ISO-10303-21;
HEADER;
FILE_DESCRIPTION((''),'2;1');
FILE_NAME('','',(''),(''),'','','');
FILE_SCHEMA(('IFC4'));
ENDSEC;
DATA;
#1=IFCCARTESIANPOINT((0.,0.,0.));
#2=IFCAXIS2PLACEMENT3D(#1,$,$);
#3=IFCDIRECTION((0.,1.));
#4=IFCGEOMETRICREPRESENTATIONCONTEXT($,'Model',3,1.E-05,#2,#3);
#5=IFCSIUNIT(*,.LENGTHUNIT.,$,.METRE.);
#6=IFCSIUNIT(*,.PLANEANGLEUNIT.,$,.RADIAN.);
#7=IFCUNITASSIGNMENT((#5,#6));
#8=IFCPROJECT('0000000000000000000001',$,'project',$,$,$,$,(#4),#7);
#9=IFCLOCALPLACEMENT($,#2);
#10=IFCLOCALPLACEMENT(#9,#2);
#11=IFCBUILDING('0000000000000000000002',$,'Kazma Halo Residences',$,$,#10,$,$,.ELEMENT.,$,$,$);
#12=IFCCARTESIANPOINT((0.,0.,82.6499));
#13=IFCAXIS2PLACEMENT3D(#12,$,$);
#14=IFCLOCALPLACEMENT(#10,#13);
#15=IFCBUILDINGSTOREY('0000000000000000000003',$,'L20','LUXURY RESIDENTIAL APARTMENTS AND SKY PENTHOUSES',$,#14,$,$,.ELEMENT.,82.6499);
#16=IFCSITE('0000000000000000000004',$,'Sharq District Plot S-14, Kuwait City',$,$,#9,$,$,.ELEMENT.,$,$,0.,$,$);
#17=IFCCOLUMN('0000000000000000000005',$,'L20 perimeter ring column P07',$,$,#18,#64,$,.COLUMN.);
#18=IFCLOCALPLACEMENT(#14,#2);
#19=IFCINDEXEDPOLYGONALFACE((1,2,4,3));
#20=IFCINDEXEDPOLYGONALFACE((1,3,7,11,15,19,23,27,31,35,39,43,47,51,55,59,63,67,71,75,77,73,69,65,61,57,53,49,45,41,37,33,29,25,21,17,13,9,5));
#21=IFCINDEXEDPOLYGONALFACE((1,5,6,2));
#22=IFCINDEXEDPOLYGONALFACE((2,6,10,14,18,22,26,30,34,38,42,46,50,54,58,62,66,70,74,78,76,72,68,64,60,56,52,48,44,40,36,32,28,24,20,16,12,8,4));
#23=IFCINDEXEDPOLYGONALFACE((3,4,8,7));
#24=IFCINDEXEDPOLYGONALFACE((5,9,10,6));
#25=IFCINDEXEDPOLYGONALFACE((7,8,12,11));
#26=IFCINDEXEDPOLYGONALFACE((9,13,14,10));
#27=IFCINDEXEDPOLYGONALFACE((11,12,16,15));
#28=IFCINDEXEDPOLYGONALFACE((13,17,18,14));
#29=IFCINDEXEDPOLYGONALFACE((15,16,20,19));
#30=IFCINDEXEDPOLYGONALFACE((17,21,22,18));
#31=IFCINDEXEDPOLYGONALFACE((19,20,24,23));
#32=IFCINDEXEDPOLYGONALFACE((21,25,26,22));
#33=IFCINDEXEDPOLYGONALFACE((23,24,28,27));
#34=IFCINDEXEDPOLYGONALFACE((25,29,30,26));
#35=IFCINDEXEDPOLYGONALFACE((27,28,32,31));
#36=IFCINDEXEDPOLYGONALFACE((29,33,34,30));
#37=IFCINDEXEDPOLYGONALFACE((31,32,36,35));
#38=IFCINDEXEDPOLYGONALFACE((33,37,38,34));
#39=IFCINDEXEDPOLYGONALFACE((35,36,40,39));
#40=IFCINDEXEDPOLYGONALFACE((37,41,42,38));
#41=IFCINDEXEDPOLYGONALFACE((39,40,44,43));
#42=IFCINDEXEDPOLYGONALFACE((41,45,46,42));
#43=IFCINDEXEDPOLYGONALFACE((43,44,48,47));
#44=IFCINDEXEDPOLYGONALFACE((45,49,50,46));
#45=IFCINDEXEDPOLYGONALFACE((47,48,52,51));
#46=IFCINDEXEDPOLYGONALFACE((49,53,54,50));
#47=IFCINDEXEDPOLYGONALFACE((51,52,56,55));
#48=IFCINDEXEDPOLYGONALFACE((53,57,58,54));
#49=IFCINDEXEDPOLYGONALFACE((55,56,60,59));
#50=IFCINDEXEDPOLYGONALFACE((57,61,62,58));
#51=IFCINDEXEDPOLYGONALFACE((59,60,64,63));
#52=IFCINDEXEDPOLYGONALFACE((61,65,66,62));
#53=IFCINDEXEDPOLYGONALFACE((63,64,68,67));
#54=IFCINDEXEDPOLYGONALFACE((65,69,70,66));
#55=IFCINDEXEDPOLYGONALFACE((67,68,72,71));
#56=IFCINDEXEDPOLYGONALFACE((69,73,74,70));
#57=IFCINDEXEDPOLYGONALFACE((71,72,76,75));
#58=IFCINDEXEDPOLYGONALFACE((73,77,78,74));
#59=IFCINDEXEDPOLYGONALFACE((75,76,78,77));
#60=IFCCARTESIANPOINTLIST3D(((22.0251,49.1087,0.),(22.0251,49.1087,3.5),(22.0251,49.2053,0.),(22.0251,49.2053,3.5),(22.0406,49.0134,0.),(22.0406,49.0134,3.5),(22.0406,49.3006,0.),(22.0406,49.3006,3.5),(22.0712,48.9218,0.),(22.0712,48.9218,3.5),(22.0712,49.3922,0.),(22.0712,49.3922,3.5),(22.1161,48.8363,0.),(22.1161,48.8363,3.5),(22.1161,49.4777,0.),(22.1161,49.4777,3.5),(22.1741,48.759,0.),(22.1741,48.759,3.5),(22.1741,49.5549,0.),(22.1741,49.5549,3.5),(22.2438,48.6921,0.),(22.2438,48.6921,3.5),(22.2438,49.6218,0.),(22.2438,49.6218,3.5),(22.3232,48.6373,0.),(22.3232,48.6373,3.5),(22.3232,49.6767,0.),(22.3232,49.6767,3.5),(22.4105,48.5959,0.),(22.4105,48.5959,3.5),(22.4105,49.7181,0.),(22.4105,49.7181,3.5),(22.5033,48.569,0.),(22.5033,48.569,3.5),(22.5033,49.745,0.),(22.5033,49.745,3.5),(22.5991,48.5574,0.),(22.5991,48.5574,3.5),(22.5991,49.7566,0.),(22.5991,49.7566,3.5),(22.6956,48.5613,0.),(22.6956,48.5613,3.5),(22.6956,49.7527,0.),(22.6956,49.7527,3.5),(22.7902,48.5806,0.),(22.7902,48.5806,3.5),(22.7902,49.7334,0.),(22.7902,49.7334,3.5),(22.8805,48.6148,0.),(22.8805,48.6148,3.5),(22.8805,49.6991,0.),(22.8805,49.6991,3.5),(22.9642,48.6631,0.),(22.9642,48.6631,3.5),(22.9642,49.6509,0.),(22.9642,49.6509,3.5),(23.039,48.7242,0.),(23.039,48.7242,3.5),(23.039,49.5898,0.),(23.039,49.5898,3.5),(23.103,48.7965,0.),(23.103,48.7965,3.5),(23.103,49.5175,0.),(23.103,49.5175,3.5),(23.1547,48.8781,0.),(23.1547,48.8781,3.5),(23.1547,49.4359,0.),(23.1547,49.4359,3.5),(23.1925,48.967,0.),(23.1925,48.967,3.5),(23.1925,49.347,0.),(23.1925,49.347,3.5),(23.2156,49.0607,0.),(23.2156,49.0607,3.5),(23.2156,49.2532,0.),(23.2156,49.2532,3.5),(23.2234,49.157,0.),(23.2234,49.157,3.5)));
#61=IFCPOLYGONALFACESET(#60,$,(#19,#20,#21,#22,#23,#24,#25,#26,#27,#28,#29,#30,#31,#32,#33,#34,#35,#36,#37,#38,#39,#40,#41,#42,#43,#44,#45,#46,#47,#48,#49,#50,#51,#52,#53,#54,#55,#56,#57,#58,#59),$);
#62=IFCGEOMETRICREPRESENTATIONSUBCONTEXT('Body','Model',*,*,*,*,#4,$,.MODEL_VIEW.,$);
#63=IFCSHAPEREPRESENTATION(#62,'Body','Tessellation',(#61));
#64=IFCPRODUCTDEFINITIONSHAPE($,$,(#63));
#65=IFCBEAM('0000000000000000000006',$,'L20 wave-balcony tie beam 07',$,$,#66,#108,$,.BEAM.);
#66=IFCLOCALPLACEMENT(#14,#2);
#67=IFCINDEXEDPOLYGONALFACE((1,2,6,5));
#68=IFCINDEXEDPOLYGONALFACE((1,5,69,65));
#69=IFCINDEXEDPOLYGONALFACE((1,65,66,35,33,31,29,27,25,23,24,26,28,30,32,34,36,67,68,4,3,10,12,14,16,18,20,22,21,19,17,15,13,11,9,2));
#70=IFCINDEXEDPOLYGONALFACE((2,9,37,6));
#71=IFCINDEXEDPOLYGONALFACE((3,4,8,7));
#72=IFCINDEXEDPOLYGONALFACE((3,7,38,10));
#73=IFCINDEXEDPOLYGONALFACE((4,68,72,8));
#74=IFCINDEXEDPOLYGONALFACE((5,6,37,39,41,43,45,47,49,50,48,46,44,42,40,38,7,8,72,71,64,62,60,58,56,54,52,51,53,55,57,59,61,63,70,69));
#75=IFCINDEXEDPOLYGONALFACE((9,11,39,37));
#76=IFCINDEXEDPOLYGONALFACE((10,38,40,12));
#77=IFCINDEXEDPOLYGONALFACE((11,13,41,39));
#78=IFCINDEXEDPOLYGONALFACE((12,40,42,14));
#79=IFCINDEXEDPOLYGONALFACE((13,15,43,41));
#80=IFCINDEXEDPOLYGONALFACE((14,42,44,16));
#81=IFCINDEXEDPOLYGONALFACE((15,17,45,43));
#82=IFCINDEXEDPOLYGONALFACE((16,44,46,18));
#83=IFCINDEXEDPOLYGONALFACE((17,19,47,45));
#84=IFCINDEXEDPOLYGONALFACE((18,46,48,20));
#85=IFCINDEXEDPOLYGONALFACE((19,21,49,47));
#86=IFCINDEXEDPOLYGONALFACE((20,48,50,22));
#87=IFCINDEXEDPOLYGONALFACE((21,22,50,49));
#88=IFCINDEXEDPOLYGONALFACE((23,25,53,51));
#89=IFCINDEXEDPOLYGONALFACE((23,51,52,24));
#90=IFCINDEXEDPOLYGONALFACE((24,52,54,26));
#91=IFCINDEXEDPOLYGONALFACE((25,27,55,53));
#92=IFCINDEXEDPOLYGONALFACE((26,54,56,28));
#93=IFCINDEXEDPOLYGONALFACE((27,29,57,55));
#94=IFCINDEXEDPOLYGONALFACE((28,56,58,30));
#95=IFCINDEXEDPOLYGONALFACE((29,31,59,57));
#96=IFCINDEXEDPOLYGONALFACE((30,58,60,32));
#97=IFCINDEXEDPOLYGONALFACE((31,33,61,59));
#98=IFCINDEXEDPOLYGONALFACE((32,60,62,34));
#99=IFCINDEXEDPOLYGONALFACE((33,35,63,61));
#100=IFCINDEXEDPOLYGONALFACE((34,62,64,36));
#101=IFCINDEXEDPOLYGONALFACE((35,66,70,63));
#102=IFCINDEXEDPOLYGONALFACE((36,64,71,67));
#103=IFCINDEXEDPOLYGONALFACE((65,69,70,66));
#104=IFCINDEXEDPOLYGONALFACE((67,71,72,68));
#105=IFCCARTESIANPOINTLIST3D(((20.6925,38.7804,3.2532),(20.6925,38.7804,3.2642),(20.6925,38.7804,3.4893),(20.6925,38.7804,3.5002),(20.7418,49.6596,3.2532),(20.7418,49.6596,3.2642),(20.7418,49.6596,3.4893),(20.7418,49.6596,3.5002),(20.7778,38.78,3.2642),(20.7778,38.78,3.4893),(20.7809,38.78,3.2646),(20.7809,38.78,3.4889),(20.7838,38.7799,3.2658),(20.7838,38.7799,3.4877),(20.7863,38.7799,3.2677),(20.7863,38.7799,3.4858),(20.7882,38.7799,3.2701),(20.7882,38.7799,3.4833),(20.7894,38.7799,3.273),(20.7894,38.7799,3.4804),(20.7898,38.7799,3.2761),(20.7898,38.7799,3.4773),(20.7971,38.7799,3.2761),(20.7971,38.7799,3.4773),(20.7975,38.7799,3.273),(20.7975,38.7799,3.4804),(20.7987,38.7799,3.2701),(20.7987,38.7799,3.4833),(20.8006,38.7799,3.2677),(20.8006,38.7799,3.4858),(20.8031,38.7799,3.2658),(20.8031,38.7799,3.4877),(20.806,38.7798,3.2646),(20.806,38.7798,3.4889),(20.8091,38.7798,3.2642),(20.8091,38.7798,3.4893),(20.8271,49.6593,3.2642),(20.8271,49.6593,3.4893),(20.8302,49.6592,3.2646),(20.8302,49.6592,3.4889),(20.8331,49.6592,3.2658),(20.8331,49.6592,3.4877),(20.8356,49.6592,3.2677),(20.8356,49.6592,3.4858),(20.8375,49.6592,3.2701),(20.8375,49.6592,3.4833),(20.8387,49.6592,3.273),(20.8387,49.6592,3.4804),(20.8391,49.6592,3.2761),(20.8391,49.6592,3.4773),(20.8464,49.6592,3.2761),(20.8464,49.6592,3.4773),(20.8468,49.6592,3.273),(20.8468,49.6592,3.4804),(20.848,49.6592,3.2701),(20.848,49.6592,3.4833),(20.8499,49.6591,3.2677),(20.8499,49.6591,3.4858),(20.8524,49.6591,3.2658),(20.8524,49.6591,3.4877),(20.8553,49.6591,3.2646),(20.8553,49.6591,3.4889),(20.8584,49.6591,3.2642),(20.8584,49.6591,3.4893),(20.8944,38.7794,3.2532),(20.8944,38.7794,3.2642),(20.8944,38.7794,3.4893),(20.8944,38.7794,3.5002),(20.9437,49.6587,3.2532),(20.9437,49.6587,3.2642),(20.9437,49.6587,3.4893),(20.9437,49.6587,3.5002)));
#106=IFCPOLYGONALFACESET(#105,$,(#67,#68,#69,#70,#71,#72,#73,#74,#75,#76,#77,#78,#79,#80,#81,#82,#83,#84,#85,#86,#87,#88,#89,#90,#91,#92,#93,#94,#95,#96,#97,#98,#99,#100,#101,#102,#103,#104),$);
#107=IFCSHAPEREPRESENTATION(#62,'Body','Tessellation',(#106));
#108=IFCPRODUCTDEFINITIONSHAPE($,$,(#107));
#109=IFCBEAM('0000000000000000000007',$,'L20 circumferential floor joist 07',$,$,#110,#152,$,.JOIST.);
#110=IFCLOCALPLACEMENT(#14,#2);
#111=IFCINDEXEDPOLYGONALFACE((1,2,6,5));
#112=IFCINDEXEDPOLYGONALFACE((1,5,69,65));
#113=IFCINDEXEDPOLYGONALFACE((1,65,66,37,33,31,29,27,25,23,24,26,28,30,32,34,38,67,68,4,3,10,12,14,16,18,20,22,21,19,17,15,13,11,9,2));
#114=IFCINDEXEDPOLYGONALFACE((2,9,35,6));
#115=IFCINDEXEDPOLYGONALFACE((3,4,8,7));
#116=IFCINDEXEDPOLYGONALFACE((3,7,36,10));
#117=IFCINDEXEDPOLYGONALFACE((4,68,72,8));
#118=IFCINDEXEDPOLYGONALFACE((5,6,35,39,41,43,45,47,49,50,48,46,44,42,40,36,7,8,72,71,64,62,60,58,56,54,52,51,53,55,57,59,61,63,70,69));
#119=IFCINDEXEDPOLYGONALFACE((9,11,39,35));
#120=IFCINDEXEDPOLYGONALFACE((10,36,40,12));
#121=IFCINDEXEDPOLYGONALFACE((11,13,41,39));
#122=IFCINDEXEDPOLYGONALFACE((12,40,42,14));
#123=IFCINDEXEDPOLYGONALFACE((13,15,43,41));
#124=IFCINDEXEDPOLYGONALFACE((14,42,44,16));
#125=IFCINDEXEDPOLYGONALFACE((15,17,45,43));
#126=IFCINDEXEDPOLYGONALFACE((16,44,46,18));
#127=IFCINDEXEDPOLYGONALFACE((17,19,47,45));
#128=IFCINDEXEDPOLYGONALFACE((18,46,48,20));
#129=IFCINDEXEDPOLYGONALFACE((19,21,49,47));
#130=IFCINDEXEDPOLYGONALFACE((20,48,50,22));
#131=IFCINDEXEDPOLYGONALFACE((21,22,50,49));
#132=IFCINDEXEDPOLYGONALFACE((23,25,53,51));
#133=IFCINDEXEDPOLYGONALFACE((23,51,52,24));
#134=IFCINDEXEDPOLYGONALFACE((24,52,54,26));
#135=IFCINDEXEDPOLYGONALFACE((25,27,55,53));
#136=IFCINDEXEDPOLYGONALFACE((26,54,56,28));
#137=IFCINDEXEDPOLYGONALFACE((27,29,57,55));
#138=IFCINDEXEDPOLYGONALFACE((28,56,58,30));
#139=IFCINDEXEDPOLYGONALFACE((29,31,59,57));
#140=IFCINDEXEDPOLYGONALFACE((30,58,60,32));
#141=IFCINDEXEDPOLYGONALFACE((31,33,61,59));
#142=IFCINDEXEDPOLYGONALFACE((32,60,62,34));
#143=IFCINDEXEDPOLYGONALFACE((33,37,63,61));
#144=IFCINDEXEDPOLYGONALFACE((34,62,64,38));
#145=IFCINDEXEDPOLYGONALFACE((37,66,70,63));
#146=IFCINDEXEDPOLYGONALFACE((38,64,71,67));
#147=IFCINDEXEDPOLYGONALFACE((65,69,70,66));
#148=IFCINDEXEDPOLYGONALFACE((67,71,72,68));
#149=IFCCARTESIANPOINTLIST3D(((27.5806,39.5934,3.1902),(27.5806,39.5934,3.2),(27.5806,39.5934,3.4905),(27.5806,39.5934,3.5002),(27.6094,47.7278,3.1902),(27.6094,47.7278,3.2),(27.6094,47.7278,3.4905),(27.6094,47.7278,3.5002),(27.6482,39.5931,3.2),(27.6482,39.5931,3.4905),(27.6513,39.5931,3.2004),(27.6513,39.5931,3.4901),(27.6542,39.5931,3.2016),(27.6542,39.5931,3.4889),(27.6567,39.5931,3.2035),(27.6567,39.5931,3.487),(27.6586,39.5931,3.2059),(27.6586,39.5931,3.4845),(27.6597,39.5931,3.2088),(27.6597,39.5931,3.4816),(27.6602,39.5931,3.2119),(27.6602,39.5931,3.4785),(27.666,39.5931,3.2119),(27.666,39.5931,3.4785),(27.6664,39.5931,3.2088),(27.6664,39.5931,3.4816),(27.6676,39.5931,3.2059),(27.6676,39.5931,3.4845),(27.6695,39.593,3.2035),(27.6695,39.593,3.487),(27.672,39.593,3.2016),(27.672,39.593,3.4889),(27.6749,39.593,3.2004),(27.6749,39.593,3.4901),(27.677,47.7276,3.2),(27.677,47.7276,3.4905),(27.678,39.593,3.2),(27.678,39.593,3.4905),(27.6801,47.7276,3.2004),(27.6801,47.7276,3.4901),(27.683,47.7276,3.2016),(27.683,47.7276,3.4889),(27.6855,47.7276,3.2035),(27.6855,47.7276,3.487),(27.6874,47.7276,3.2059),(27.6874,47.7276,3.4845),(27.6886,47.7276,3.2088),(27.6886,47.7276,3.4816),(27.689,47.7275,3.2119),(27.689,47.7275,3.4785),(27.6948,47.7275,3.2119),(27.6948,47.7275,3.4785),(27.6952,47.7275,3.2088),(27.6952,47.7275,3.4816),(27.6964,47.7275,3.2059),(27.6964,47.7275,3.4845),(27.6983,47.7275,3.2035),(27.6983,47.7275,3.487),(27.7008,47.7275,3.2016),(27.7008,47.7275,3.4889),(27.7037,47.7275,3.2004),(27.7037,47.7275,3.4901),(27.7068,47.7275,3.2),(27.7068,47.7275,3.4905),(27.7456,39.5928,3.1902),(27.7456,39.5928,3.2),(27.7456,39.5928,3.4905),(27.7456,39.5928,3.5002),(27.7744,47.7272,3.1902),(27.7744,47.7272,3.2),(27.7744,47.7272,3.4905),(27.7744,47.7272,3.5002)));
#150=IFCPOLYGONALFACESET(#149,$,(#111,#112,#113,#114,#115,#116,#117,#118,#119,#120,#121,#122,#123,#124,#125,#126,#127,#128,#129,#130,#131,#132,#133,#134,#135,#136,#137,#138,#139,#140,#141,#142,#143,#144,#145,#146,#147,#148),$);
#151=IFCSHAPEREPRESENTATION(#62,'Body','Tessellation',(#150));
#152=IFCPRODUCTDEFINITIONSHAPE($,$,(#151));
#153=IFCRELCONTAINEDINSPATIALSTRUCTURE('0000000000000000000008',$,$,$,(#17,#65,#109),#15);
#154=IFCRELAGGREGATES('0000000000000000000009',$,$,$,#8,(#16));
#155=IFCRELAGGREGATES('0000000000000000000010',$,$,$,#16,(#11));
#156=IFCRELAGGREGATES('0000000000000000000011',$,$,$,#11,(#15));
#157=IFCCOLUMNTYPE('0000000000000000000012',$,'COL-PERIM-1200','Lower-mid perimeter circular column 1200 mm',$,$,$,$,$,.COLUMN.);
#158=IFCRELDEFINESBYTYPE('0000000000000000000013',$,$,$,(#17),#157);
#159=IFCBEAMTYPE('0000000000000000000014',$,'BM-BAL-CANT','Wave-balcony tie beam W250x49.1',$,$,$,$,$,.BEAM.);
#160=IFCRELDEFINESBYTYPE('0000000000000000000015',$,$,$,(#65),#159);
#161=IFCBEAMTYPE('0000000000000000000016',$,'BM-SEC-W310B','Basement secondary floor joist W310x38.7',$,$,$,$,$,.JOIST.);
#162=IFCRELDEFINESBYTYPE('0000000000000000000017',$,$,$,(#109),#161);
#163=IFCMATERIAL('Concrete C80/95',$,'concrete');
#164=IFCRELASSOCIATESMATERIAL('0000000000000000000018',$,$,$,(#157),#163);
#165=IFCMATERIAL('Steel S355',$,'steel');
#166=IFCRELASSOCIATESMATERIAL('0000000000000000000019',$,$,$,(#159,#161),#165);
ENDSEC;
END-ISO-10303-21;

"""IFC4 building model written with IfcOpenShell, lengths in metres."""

from ifc_helpers import new_model, si_unit, direction, frame, origin, origin_2d, place, context, subcontext, project, spatial, circle, i_section, extrude, material, material_profile, profile_set, type_object, element, save


model = new_model("IFC4")

# Units and contexts
model_context = context("Model", 3, precision=1e-05, world=origin(), true_north=direction((0.0, 1.0)))
body_context = subcontext(model_context, "Body", "Model", "MODEL_VIEW")
ifc_project = project(units=[si_unit("LENGTHUNIT", "METRE"), si_unit("PLANEANGLEUNIT", "RADIAN")], contexts=[model_context])

# Site, building, storey
site_placement = place(None, origin())
site = spatial("IfcSite", under=ifc_project, at=site_placement, Name="Sharq District Plot S-14, Kuwait City", CompositionType="ELEMENT", RefElevation=0.0)
building_placement = place(site_placement, origin())
building = spatial("IfcBuilding", under=site, at=building_placement, Name="Kazma Halo Residences", CompositionType="ELEMENT")
storey_placement = place(building_placement, frame((0.0, 0.0, 82.6499)))
storey = spatial("IfcBuildingStorey", under=building, at=storey_placement, Name="L20", Description="LUXURY RESIDENTIAL APARTMENTS AND SKY PENTHOUSES", CompositionType="ELEMENT", Elevation=82.6499)

# Column
ifc_material_1 = material(Name="Concrete C80/95", Category="concrete")
ifc_material_profile_1 = material_profile(ifc_material_1, circle(Radius=0.6001, at=origin_2d()), Name="CIRC1200")
ifc_profile_set_1 = profile_set([ifc_material_profile_1], Name="Concrete C80/95")
column_type = type_object("IfcColumnType", Name="COL-PERIM-1200", Description="Lower-mid perimeter circular column 1200 mm", PredefinedType="COLUMN", material=ifc_profile_set_1)
column_placement = place(storey_placement, frame((22.6233, 49.157, 0.0), z_axis=(0.0, 0.0, 1.0), x_axis=(1.0, 0.0, 0.0)))
element("IfcColumn", 1, at=column_placement, inside=storey, type_object=column_type, Name="L20 perimeter ring column P07", PredefinedType="COLUMN", context=body_context, shape_type="SweptSolid", body=[
    extrude(circle(Radius=0.6001, at=origin_2d()), origin(), (0.0, 0.0, 1.0), 3.5),
])

# Beams
ifc_material_2 = material(Name="Steel S355", Category="steel")
ifc_material_profile_2 = material_profile(ifc_material_2, i_section(OverallWidth=0.2019, OverallDepth=0.2471, WebThickness=0.0073, FlangeThickness=0.011, FilletRadius=0.012, at=origin_2d()), Name="W250x49.1")
ifc_profile_set_2 = profile_set([ifc_material_profile_2], Name="Steel S355")
beam_type_1 = type_object("IfcBeamType", Name="BM-BAL-CANT", Description="Wave-balcony tie beam W250x49.1", PredefinedType="BEAM", material=ifc_profile_set_2)
beam_1_placement = place(storey_placement, frame((20.8428, 49.6592, 3.3767), z_axis=(-0.004533, -0.99999, 0.0), x_axis=(0.99999, -0.004533, 0.0)))
element("IfcBeam", 2, at=beam_1_placement, inside=storey, type_object=beam_type_1, Name="L20 wave-balcony tie beam 07", PredefinedType="BEAM", context=body_context, shape_type="SweptSolid", body=[
    extrude(i_section(OverallWidth=0.2019, OverallDepth=0.2471, WebThickness=0.0073, FlangeThickness=0.011, FilletRadius=0.012, at=origin_2d()), origin(), (0.0, 0.0, 1.0), 10.8794),
])
ifc_material_profile_3 = material_profile(ifc_material_2, i_section(OverallWidth=0.165, OverallDepth=0.3101, WebThickness=0.0059, FlangeThickness=0.0098, FilletRadius=0.012, at=origin_2d()), Name="W310x38.7")
ifc_profile_set_3 = profile_set([ifc_material_profile_3], Name="Steel S355")
beam_type_2 = type_object("IfcBeamType", Name="BM-SEC-W310B", Description="Basement secondary floor joist W310x38.7", PredefinedType="JOIST", material=ifc_profile_set_3)
beam_2_placement = place(storey_placement, frame((27.6919, 47.7275, 3.3452), z_axis=(-0.003542, -0.999994, 0.0), x_axis=(0.999994, -0.003542, 0.0)))
element("IfcBeam", 3, at=beam_2_placement, inside=storey, type_object=beam_type_2, Name="L20 circumferential floor joist 07", PredefinedType="JOIST", context=body_context, shape_type="SweptSolid", body=[
    extrude(i_section(OverallWidth=0.165, OverallDepth=0.3101, WebThickness=0.0059, FlangeThickness=0.0098, FilletRadius=0.012, at=origin_2d()), origin(), (0.0, 0.0, 1.0), 8.1345),
])

save(model, "model.ifc")
